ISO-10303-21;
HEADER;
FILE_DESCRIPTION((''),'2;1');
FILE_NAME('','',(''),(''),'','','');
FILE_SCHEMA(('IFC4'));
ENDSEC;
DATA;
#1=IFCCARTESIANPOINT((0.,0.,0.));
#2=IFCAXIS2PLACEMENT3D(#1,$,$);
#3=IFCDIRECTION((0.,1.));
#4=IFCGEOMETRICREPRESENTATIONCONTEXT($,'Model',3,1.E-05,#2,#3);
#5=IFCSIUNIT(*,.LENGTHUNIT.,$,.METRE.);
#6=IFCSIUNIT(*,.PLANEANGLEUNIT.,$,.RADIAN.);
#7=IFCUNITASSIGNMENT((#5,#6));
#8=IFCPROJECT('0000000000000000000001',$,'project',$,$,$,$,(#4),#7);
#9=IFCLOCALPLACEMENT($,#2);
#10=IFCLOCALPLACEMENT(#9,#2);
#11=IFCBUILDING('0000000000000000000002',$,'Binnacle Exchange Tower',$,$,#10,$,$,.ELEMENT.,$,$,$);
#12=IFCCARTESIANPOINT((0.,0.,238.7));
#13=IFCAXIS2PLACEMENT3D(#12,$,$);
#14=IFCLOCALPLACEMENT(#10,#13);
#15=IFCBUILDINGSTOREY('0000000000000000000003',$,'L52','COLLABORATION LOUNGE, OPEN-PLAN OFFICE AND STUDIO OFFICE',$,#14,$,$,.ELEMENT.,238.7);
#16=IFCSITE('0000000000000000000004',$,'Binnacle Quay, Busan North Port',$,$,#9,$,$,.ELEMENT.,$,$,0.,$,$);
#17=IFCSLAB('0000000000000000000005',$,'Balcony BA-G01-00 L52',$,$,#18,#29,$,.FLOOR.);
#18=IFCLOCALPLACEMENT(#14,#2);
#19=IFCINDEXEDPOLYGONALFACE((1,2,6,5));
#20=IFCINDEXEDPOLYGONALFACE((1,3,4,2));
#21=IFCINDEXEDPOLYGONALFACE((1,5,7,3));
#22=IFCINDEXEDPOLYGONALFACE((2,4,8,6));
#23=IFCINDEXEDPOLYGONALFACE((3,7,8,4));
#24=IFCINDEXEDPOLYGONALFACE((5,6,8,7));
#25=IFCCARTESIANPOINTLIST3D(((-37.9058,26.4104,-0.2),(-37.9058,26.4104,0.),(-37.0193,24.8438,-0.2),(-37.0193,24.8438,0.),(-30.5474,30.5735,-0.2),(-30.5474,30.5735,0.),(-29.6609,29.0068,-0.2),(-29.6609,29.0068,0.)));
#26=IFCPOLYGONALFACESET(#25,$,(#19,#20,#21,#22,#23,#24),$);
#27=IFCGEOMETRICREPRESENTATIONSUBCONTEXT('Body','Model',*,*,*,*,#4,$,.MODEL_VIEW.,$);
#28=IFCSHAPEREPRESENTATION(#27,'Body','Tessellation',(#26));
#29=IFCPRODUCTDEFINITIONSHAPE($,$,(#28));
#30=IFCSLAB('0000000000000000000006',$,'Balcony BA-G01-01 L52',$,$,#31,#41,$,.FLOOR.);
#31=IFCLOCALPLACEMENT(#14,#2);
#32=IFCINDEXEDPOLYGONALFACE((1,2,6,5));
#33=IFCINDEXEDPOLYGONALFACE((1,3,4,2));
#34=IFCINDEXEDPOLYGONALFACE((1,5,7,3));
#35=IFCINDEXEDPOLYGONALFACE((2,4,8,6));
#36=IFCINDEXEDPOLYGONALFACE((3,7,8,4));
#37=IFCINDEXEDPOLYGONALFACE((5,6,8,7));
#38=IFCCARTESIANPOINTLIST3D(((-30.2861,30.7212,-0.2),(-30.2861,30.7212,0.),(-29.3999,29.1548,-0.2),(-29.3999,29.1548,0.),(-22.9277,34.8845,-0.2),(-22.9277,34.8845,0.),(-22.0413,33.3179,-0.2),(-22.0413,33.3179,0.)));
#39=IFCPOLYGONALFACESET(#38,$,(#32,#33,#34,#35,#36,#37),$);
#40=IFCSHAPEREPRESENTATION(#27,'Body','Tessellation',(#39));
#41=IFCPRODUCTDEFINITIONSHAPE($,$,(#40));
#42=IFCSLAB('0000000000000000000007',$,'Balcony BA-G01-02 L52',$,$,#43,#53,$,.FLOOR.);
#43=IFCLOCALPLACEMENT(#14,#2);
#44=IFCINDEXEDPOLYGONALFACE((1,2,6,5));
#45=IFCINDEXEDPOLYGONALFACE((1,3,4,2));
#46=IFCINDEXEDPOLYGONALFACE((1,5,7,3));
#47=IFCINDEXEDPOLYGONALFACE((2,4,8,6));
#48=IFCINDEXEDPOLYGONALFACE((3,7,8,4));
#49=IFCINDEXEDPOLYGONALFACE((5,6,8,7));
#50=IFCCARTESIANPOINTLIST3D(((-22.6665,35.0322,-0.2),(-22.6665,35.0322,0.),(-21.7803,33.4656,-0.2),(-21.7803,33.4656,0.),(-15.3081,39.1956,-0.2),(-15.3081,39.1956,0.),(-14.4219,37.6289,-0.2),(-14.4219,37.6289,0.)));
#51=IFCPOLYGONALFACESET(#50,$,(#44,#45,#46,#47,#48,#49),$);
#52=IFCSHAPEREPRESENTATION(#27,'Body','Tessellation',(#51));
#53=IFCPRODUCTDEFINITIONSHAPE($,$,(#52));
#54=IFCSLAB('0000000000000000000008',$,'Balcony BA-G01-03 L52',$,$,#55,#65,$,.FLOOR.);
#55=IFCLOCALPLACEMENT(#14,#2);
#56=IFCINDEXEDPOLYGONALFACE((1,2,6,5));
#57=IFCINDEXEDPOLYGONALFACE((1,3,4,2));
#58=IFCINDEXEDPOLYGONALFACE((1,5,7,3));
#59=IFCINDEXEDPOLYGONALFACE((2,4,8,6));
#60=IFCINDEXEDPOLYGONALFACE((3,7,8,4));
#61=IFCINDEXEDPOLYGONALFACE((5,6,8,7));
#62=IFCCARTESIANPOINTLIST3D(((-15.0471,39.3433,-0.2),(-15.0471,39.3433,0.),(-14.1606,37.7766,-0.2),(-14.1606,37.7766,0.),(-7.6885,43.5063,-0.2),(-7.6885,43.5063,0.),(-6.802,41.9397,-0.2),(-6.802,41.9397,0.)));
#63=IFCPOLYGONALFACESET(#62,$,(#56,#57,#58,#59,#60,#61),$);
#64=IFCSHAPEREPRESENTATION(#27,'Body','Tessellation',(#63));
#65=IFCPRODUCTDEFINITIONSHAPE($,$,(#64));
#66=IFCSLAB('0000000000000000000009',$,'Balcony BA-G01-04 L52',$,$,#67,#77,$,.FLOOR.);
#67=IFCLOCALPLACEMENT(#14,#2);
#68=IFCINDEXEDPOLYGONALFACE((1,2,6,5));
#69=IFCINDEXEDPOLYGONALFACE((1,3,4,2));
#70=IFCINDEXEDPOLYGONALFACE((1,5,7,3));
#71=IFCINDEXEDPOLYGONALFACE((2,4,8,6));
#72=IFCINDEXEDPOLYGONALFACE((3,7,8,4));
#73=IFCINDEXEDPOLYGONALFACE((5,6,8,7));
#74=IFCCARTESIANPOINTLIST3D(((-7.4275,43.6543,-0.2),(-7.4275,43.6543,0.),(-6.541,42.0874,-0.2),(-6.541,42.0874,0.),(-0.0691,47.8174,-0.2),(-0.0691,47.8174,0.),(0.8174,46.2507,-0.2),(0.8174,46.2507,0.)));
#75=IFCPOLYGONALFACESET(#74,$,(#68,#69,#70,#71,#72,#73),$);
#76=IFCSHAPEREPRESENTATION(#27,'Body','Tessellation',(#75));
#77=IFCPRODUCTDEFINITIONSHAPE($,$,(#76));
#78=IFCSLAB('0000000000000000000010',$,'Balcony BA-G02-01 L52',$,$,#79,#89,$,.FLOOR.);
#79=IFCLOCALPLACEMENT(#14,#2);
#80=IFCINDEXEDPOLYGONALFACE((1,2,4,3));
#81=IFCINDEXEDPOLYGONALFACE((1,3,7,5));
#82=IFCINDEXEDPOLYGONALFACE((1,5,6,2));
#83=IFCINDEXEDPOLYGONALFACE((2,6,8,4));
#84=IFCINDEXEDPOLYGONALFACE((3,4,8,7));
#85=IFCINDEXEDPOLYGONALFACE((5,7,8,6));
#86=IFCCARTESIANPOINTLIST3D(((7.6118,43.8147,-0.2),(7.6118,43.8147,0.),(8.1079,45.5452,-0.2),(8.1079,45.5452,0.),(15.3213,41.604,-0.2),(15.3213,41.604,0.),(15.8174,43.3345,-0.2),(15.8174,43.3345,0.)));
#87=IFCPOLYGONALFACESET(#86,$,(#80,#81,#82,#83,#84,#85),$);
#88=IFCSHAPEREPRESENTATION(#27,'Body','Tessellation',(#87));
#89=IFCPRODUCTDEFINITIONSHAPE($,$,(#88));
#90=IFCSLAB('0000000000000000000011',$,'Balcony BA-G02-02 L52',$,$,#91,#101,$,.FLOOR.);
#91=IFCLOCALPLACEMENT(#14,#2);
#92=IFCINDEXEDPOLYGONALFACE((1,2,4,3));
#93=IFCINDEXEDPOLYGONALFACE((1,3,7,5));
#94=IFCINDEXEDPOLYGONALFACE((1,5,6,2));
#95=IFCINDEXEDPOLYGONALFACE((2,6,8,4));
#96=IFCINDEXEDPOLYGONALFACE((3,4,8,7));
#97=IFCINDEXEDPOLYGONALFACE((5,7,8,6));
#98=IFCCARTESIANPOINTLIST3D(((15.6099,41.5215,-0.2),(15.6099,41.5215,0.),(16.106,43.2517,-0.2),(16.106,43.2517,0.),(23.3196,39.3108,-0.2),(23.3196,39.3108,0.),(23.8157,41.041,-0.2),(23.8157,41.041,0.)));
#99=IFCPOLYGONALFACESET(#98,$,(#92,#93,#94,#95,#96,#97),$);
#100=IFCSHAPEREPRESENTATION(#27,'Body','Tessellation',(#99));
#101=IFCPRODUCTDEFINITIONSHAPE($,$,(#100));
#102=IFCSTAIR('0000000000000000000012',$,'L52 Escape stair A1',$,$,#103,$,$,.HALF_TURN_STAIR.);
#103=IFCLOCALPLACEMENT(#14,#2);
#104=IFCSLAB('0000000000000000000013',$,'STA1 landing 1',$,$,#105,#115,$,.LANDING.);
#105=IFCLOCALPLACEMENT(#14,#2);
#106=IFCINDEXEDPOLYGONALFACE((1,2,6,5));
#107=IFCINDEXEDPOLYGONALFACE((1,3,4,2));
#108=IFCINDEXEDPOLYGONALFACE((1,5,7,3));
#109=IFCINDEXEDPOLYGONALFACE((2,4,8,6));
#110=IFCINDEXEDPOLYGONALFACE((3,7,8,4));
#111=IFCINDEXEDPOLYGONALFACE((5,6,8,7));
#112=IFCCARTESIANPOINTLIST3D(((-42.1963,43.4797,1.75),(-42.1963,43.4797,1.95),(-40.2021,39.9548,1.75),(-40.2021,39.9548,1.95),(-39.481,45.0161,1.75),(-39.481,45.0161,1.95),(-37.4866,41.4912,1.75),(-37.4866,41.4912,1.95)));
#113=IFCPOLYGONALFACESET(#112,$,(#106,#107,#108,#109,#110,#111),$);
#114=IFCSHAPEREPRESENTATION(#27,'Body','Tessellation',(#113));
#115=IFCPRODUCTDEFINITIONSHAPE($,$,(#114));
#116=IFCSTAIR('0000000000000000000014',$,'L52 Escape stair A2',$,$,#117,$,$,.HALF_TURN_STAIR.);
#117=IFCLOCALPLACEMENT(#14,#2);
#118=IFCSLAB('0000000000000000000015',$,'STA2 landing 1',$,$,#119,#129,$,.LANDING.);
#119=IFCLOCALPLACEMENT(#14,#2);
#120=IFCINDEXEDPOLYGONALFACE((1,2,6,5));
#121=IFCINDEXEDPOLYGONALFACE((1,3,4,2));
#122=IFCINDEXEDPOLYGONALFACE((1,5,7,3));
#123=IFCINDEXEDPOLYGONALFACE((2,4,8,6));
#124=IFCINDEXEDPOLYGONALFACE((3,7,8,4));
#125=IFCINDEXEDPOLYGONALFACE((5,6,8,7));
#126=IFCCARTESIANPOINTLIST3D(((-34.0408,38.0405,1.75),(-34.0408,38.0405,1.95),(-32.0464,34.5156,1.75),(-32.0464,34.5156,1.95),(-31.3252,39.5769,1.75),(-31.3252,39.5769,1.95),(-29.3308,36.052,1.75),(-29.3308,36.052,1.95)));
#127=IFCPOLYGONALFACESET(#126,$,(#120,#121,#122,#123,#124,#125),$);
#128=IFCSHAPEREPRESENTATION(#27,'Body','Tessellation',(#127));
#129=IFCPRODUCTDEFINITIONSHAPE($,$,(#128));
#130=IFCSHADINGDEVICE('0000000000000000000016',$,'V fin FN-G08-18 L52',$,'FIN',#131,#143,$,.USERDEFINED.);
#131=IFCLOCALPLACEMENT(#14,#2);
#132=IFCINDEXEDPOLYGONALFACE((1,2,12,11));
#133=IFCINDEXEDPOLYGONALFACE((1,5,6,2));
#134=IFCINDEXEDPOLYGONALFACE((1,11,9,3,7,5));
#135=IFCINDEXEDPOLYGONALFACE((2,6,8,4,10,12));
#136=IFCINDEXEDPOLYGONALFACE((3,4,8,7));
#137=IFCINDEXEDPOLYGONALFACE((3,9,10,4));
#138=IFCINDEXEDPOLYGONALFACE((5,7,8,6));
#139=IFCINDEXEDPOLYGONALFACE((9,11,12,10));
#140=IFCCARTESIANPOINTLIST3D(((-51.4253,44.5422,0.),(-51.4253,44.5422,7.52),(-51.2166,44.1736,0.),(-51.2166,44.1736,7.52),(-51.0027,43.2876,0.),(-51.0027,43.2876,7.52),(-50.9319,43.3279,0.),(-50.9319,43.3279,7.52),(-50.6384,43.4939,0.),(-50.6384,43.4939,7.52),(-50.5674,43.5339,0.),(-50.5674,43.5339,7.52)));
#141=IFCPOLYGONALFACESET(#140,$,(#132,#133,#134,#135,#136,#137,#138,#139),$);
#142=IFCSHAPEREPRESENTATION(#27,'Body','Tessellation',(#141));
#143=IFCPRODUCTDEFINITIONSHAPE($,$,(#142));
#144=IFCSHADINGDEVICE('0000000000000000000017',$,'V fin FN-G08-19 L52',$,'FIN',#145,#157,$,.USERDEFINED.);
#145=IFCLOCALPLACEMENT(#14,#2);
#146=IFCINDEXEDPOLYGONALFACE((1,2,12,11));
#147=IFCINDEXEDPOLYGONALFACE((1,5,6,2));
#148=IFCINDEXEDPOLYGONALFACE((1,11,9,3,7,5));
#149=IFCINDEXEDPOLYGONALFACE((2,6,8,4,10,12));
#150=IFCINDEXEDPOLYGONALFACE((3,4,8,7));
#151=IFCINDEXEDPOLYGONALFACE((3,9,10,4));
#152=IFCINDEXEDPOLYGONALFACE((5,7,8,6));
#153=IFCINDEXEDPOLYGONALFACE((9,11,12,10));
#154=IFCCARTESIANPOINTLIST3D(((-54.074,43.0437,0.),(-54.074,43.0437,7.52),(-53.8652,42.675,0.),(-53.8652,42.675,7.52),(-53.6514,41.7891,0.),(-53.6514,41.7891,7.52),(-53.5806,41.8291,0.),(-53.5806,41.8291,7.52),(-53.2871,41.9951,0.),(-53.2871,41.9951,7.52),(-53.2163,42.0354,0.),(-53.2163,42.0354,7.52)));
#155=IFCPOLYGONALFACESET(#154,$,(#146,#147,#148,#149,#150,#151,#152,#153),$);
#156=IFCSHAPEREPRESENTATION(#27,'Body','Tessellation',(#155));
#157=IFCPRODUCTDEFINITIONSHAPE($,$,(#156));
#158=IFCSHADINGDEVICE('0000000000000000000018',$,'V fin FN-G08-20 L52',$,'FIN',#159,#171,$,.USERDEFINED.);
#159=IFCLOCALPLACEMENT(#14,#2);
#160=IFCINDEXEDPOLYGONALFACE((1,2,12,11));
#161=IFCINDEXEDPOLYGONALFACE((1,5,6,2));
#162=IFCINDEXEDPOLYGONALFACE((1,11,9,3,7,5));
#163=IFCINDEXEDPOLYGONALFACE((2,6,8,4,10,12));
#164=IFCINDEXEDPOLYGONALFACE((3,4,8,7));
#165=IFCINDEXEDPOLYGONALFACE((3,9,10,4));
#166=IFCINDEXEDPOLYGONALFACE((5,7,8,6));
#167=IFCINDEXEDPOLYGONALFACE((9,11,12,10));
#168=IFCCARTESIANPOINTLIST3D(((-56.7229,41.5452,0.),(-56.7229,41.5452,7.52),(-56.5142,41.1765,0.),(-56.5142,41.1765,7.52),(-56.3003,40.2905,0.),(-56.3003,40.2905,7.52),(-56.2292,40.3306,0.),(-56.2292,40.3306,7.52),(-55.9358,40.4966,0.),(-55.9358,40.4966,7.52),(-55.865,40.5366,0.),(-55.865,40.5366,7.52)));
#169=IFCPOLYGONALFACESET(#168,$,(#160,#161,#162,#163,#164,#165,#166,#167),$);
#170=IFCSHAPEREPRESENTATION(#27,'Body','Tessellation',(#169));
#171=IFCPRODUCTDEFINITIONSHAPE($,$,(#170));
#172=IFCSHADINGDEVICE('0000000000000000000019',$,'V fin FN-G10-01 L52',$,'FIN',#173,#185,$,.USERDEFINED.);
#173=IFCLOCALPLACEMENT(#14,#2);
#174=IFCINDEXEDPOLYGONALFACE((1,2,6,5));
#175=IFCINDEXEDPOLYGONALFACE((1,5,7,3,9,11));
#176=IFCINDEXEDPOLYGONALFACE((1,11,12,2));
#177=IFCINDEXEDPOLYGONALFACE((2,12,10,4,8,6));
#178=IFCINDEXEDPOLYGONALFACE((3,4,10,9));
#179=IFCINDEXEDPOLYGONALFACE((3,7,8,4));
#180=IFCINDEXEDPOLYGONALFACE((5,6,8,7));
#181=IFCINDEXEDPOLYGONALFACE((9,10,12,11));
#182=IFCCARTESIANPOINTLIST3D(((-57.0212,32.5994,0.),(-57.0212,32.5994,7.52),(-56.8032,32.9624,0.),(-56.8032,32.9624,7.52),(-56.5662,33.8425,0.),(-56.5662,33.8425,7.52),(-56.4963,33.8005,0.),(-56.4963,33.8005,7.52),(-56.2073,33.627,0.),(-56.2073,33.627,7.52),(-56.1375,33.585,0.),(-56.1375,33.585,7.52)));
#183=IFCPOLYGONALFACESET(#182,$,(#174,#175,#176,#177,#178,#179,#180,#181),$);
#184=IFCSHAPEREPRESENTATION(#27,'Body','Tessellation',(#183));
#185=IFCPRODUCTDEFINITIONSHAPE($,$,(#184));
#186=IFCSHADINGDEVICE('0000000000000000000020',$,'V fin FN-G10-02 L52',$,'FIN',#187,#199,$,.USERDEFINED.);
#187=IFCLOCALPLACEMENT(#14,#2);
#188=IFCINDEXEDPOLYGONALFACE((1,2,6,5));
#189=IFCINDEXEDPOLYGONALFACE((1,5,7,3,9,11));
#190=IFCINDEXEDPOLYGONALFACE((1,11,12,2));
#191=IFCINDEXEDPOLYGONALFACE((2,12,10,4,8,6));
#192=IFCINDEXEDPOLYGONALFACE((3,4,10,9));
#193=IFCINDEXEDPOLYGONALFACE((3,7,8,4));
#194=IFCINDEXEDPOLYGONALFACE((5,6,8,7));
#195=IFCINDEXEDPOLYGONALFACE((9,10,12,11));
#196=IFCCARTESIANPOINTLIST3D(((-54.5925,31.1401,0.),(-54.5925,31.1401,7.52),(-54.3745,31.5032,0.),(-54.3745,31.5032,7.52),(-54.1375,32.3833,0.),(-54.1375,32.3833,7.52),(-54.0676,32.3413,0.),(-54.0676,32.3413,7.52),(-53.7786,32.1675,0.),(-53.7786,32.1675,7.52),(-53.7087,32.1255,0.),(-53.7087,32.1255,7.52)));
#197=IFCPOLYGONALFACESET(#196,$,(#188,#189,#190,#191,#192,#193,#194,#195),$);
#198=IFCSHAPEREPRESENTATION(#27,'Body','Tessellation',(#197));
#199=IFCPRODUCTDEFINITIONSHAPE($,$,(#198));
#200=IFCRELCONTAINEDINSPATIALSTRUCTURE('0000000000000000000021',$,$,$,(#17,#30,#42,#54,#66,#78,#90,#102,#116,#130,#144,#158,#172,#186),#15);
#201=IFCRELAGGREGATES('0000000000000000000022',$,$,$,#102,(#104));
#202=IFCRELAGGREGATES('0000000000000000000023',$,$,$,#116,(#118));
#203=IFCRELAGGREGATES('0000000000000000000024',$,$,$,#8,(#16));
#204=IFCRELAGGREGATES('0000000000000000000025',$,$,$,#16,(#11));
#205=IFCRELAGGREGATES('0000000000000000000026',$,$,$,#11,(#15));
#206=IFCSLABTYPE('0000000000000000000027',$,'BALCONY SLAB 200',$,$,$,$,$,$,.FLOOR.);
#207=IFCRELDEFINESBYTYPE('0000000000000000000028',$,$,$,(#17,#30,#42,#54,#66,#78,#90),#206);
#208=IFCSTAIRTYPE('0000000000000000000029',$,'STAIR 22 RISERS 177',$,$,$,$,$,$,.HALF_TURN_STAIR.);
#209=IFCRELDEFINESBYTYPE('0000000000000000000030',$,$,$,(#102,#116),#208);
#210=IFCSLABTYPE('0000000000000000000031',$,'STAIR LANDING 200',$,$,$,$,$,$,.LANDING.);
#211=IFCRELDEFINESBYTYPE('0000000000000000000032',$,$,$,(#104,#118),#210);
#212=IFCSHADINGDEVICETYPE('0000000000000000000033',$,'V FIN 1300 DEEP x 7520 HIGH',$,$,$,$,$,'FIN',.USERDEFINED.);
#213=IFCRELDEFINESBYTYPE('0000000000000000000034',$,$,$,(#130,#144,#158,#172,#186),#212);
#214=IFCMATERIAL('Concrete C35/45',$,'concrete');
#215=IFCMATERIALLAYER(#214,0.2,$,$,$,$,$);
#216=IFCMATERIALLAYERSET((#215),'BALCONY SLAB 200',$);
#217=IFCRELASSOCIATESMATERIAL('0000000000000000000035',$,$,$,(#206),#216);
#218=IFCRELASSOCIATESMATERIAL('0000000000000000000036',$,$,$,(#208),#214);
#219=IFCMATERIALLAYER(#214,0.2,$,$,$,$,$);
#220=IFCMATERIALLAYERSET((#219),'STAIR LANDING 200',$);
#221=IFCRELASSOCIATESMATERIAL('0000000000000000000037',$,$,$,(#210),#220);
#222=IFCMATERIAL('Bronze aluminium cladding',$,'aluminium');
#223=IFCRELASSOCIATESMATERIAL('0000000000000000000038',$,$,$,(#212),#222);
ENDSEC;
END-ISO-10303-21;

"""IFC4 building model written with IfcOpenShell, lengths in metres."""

from ifc_helpers import new_model, si_unit, direction, frame, origin, place, context, subcontext, project, spatial, polyline, outline, extrude, material, layer, layer_set, type_object, element, aggregate, save


model = new_model("IFC4")

# Units and contexts
model_context = context("Model", 3, precision=1e-05, world=origin(), true_north=direction((0.0, 1.0)))
body_context = subcontext(model_context, "Body", "Model", "MODEL_VIEW")
ifc_project = project(units=[si_unit("LENGTHUNIT", "METRE"), si_unit("PLANEANGLEUNIT", "RADIAN")], contexts=[model_context])

# Site, building, storey
site_placement = place(None, origin())
site = spatial("IfcSite", under=ifc_project, at=site_placement, Name="Binnacle Quay, Busan North Port", CompositionType="ELEMENT", RefElevation=0.0)
building_placement = place(site_placement, origin())
building = spatial("IfcBuilding", under=site, at=building_placement, Name="Binnacle Exchange Tower", CompositionType="ELEMENT")
storey_placement = place(building_placement, frame((0.0, 0.0, 238.7)))
storey = spatial("IfcBuildingStorey", under=building, at=storey_placement, Name="L52", Description="COLLABORATION LOUNGE, OPEN-PLAN OFFICE AND STUDIO OFFICE", CompositionType="ELEMENT", Elevation=238.7)

# Slabs
ifc_material_1 = material(Name="Concrete C35/45", Category="concrete")
ifc_layer_1 = layer(ifc_material_1, 0.2)
ifc_layer_set_1 = layer_set([ifc_layer_1], Name="BALCONY SLAB 200")
slab_type_1 = type_object("IfcSlabType", Name="BALCONY SLAB 200", PredefinedType="FLOOR", material=ifc_layer_set_1)
slab_1_placement = place(storey_placement, frame((0.0, 0.0, -0.2)))
element("IfcSlab", 1, at=slab_1_placement, inside=storey, type_object=slab_type_1, Name="Balcony BA-G01-00 L52", PredefinedType="FLOOR", context=body_context, shape_type="SweptSolid", body=[
    extrude(outline(polyline([(-37.9058, 26.4104), (-30.5474, 30.5735), (-29.6609, 29.0068), (-37.0193, 24.8438), (-37.9058, 26.4104)])), origin(), (0.0, 0.0, 1.0), 0.2),
])
slab_2_placement = place(storey_placement, frame((0.0, 0.0, -0.2)))
element("IfcSlab", 2, at=slab_2_placement, inside=storey, type_object=slab_type_1, Name="Balcony BA-G01-01 L52", PredefinedType="FLOOR", context=body_context, shape_type="SweptSolid", body=[
    extrude(outline(polyline([(-30.2861, 30.7212), (-22.9277, 34.8845), (-22.0413, 33.3179), (-29.3999, 29.1548), (-30.2861, 30.7212)])), origin(), (0.0, 0.0, 1.0), 0.2),
])
slab_3_placement = place(storey_placement, frame((0.0, 0.0, -0.2)))
element("IfcSlab", 3, at=slab_3_placement, inside=storey, type_object=slab_type_1, Name="Balcony BA-G01-02 L52", PredefinedType="FLOOR", context=body_context, shape_type="SweptSolid", body=[
    extrude(outline(polyline([(-22.6665, 35.0322), (-15.3081, 39.1956), (-14.4219, 37.6289), (-21.7803, 33.4656), (-22.6665, 35.0322)])), origin(), (0.0, 0.0, 1.0), 0.2),
])
slab_4_placement = place(storey_placement, frame((0.0, 0.0, -0.2)))
element("IfcSlab", 4, at=slab_4_placement, inside=storey, type_object=slab_type_1, Name="Balcony BA-G01-03 L52", PredefinedType="FLOOR", context=body_context, shape_type="SweptSolid", body=[
    extrude(outline(polyline([(-15.0471, 39.3433), (-7.6885, 43.5063), (-6.802, 41.9397), (-14.1606, 37.7766), (-15.0471, 39.3433)])), origin(), (0.0, 0.0, 1.0), 0.2),
])
slab_5_placement = place(storey_placement, frame((0.0, 0.0, -0.2)))
element("IfcSlab", 5, at=slab_5_placement, inside=storey, type_object=slab_type_1, Name="Balcony BA-G01-04 L52", PredefinedType="FLOOR", context=body_context, shape_type="SweptSolid", body=[
    extrude(outline(polyline([(-7.4275, 43.6543), (-0.0691, 47.8174), (0.8174, 46.2507), (-6.541, 42.0874), (-7.4275, 43.6543)])), origin(), (0.0, 0.0, 1.0), 0.2),
])
slab_6_placement = place(storey_placement, frame((0.0, 0.0, -0.2)))
element("IfcSlab", 6, at=slab_6_placement, inside=storey, type_object=slab_type_1, Name="Balcony BA-G02-01 L52", PredefinedType="FLOOR", context=body_context, shape_type="SweptSolid", body=[
    extrude(outline(polyline([(8.1079, 45.5452), (15.8174, 43.3345), (15.3213, 41.604), (7.6118, 43.8147), (8.1079, 45.5452)])), origin(), (0.0, 0.0, 1.0), 0.2),
])
slab_7_placement = place(storey_placement, frame((0.0, 0.0, -0.2)))
element("IfcSlab", 7, at=slab_7_placement, inside=storey, type_object=slab_type_1, Name="Balcony BA-G02-02 L52", PredefinedType="FLOOR", context=body_context, shape_type="SweptSolid", body=[
    extrude(outline(polyline([(16.106, 43.2517), (23.8157, 41.041), (23.3196, 39.3108), (15.6099, 41.5215), (16.106, 43.2517)])), origin(), (0.0, 0.0, 1.0), 0.2),
])

# Stairs, slabs
stair_type = type_object("IfcStairType", Name="STAIR 22 RISERS 177", PredefinedType="HALF_TURN_STAIR", material=ifc_material_1)
stair_1_placement = place(storey_placement, origin())
stair_1 = element("IfcStair", 8, at=stair_1_placement, inside=storey, type_object=stair_type, Name="L52 Escape stair A1", PredefinedType="HALF_TURN_STAIR")
ifc_layer_2 = layer(ifc_material_1, 0.2)
ifc_layer_set_2 = layer_set([ifc_layer_2], Name="STAIR LANDING 200")
slab_type_2 = type_object("IfcSlabType", Name="STAIR LANDING 200", PredefinedType="LANDING", material=ifc_layer_set_2)
slab_8_placement = place(storey_placement, frame((0.0, 0.0, 1.75)))
slab_8 = element("IfcSlab", 9, at=slab_8_placement, type_object=slab_type_2, Name="STA1 landing 1", PredefinedType="LANDING", context=body_context, shape_type="SweptSolid", body=[
    extrude(outline(polyline([(-40.2021, 39.9548), (-37.4866, 41.4912), (-39.481, 45.0161), (-42.1963, 43.4797), (-40.2021, 39.9548)])), origin(), (0.0, 0.0, 1.0), 0.2),
])
aggregate(stair_1, [slab_8])
stair_2_placement = place(storey_placement, origin())
stair_2 = element("IfcStair", 10, at=stair_2_placement, inside=storey, type_object=stair_type, Name="L52 Escape stair A2", PredefinedType="HALF_TURN_STAIR")
slab_9_placement = place(storey_placement, frame((0.0, 0.0, 1.75)))
slab_9 = element("IfcSlab", 11, at=slab_9_placement, type_object=slab_type_2, Name="STA2 landing 1", PredefinedType="LANDING", context=body_context, shape_type="SweptSolid", body=[
    extrude(outline(polyline([(-31.3252, 39.5769), (-34.0408, 38.0405), (-32.0464, 34.5156), (-29.3308, 36.052), (-31.3252, 39.5769)])), origin(), (0.0, 0.0, 1.0), 0.2),
])
aggregate(stair_2, [slab_9])

# Shading devices
ifc_material_2 = material(Name="Bronze aluminium cladding", Category="aluminium")
shading_device_type = type_object("IfcShadingDeviceType", Name="V FIN 1300 DEEP x 7520 HIGH", ElementType="FIN", PredefinedType="USERDEFINED", material=ifc_material_2)
shading_device_1_placement = place(storey_placement, origin())
element("IfcShadingDevice", 12, at=shading_device_1_placement, inside=storey, type_object=shading_device_type, Name="V fin FN-G08-18 L52", ObjectType="FIN", PredefinedType="USERDEFINED", context=body_context, shape_type="SweptSolid", body=[
    extrude(outline(polyline([(-50.5674, 43.5339), (-51.4253, 44.5422), (-51.0027, 43.2876), (-50.9319, 43.3279), (-51.2166, 44.1736), (-50.6384, 43.4939), (-50.5674, 43.5339)])), origin(), (0.0, 0.0, 1.0), 7.52),
])
shading_device_2_placement = place(storey_placement, origin())
element("IfcShadingDevice", 13, at=shading_device_2_placement, inside=storey, type_object=shading_device_type, Name="V fin FN-G08-19 L52", ObjectType="FIN", PredefinedType="USERDEFINED", context=body_context, shape_type="SweptSolid", body=[
    extrude(outline(polyline([(-53.2163, 42.0354), (-54.074, 43.0437), (-53.6514, 41.7891), (-53.5806, 41.8291), (-53.8652, 42.675), (-53.2871, 41.9951), (-53.2163, 42.0354)])), origin(), (0.0, 0.0, 1.0), 7.52),
])
shading_device_3_placement = place(storey_placement, origin())
element("IfcShadingDevice", 14, at=shading_device_3_placement, inside=storey, type_object=shading_device_type, Name="V fin FN-G08-20 L52", ObjectType="FIN", PredefinedType="USERDEFINED", context=body_context, shape_type="SweptSolid", body=[
    extrude(outline(polyline([(-55.865, 40.5366), (-56.7229, 41.5452), (-56.3003, 40.2905), (-56.2292, 40.3306), (-56.5142, 41.1765), (-55.9358, 40.4966), (-55.865, 40.5366)])), origin(), (0.0, 0.0, 1.0), 7.52),
])
shading_device_4_placement = place(storey_placement, origin())
element("IfcShadingDevice", 15, at=shading_device_4_placement, inside=storey, type_object=shading_device_type, Name="V fin FN-G10-01 L52", ObjectType="FIN", PredefinedType="USERDEFINED", context=body_context, shape_type="SweptSolid", body=[
    extrude(outline(polyline([(-56.5662, 33.8425), (-57.0212, 32.5994), (-56.1375, 33.585), (-56.2073, 33.627), (-56.8032, 32.9624), (-56.4963, 33.8005), (-56.5662, 33.8425)])), origin(), (0.0, 0.0, 1.0), 7.52),
])
shading_device_5_placement = place(storey_placement, origin())
element("IfcShadingDevice", 16, at=shading_device_5_placement, inside=storey, type_object=shading_device_type, Name="V fin FN-G10-02 L52", ObjectType="FIN", PredefinedType="USERDEFINED", context=body_context, shape_type="SweptSolid", body=[
    extrude(outline(polyline([(-54.1375, 32.3833), (-54.5925, 31.1401), (-53.7087, 32.1255), (-53.7786, 32.1675), (-54.3745, 31.5032), (-54.0676, 32.3413), (-54.1375, 32.3833)])), origin(), (0.0, 0.0, 1.0), 7.52),
])

save(model, "model.ifc")
